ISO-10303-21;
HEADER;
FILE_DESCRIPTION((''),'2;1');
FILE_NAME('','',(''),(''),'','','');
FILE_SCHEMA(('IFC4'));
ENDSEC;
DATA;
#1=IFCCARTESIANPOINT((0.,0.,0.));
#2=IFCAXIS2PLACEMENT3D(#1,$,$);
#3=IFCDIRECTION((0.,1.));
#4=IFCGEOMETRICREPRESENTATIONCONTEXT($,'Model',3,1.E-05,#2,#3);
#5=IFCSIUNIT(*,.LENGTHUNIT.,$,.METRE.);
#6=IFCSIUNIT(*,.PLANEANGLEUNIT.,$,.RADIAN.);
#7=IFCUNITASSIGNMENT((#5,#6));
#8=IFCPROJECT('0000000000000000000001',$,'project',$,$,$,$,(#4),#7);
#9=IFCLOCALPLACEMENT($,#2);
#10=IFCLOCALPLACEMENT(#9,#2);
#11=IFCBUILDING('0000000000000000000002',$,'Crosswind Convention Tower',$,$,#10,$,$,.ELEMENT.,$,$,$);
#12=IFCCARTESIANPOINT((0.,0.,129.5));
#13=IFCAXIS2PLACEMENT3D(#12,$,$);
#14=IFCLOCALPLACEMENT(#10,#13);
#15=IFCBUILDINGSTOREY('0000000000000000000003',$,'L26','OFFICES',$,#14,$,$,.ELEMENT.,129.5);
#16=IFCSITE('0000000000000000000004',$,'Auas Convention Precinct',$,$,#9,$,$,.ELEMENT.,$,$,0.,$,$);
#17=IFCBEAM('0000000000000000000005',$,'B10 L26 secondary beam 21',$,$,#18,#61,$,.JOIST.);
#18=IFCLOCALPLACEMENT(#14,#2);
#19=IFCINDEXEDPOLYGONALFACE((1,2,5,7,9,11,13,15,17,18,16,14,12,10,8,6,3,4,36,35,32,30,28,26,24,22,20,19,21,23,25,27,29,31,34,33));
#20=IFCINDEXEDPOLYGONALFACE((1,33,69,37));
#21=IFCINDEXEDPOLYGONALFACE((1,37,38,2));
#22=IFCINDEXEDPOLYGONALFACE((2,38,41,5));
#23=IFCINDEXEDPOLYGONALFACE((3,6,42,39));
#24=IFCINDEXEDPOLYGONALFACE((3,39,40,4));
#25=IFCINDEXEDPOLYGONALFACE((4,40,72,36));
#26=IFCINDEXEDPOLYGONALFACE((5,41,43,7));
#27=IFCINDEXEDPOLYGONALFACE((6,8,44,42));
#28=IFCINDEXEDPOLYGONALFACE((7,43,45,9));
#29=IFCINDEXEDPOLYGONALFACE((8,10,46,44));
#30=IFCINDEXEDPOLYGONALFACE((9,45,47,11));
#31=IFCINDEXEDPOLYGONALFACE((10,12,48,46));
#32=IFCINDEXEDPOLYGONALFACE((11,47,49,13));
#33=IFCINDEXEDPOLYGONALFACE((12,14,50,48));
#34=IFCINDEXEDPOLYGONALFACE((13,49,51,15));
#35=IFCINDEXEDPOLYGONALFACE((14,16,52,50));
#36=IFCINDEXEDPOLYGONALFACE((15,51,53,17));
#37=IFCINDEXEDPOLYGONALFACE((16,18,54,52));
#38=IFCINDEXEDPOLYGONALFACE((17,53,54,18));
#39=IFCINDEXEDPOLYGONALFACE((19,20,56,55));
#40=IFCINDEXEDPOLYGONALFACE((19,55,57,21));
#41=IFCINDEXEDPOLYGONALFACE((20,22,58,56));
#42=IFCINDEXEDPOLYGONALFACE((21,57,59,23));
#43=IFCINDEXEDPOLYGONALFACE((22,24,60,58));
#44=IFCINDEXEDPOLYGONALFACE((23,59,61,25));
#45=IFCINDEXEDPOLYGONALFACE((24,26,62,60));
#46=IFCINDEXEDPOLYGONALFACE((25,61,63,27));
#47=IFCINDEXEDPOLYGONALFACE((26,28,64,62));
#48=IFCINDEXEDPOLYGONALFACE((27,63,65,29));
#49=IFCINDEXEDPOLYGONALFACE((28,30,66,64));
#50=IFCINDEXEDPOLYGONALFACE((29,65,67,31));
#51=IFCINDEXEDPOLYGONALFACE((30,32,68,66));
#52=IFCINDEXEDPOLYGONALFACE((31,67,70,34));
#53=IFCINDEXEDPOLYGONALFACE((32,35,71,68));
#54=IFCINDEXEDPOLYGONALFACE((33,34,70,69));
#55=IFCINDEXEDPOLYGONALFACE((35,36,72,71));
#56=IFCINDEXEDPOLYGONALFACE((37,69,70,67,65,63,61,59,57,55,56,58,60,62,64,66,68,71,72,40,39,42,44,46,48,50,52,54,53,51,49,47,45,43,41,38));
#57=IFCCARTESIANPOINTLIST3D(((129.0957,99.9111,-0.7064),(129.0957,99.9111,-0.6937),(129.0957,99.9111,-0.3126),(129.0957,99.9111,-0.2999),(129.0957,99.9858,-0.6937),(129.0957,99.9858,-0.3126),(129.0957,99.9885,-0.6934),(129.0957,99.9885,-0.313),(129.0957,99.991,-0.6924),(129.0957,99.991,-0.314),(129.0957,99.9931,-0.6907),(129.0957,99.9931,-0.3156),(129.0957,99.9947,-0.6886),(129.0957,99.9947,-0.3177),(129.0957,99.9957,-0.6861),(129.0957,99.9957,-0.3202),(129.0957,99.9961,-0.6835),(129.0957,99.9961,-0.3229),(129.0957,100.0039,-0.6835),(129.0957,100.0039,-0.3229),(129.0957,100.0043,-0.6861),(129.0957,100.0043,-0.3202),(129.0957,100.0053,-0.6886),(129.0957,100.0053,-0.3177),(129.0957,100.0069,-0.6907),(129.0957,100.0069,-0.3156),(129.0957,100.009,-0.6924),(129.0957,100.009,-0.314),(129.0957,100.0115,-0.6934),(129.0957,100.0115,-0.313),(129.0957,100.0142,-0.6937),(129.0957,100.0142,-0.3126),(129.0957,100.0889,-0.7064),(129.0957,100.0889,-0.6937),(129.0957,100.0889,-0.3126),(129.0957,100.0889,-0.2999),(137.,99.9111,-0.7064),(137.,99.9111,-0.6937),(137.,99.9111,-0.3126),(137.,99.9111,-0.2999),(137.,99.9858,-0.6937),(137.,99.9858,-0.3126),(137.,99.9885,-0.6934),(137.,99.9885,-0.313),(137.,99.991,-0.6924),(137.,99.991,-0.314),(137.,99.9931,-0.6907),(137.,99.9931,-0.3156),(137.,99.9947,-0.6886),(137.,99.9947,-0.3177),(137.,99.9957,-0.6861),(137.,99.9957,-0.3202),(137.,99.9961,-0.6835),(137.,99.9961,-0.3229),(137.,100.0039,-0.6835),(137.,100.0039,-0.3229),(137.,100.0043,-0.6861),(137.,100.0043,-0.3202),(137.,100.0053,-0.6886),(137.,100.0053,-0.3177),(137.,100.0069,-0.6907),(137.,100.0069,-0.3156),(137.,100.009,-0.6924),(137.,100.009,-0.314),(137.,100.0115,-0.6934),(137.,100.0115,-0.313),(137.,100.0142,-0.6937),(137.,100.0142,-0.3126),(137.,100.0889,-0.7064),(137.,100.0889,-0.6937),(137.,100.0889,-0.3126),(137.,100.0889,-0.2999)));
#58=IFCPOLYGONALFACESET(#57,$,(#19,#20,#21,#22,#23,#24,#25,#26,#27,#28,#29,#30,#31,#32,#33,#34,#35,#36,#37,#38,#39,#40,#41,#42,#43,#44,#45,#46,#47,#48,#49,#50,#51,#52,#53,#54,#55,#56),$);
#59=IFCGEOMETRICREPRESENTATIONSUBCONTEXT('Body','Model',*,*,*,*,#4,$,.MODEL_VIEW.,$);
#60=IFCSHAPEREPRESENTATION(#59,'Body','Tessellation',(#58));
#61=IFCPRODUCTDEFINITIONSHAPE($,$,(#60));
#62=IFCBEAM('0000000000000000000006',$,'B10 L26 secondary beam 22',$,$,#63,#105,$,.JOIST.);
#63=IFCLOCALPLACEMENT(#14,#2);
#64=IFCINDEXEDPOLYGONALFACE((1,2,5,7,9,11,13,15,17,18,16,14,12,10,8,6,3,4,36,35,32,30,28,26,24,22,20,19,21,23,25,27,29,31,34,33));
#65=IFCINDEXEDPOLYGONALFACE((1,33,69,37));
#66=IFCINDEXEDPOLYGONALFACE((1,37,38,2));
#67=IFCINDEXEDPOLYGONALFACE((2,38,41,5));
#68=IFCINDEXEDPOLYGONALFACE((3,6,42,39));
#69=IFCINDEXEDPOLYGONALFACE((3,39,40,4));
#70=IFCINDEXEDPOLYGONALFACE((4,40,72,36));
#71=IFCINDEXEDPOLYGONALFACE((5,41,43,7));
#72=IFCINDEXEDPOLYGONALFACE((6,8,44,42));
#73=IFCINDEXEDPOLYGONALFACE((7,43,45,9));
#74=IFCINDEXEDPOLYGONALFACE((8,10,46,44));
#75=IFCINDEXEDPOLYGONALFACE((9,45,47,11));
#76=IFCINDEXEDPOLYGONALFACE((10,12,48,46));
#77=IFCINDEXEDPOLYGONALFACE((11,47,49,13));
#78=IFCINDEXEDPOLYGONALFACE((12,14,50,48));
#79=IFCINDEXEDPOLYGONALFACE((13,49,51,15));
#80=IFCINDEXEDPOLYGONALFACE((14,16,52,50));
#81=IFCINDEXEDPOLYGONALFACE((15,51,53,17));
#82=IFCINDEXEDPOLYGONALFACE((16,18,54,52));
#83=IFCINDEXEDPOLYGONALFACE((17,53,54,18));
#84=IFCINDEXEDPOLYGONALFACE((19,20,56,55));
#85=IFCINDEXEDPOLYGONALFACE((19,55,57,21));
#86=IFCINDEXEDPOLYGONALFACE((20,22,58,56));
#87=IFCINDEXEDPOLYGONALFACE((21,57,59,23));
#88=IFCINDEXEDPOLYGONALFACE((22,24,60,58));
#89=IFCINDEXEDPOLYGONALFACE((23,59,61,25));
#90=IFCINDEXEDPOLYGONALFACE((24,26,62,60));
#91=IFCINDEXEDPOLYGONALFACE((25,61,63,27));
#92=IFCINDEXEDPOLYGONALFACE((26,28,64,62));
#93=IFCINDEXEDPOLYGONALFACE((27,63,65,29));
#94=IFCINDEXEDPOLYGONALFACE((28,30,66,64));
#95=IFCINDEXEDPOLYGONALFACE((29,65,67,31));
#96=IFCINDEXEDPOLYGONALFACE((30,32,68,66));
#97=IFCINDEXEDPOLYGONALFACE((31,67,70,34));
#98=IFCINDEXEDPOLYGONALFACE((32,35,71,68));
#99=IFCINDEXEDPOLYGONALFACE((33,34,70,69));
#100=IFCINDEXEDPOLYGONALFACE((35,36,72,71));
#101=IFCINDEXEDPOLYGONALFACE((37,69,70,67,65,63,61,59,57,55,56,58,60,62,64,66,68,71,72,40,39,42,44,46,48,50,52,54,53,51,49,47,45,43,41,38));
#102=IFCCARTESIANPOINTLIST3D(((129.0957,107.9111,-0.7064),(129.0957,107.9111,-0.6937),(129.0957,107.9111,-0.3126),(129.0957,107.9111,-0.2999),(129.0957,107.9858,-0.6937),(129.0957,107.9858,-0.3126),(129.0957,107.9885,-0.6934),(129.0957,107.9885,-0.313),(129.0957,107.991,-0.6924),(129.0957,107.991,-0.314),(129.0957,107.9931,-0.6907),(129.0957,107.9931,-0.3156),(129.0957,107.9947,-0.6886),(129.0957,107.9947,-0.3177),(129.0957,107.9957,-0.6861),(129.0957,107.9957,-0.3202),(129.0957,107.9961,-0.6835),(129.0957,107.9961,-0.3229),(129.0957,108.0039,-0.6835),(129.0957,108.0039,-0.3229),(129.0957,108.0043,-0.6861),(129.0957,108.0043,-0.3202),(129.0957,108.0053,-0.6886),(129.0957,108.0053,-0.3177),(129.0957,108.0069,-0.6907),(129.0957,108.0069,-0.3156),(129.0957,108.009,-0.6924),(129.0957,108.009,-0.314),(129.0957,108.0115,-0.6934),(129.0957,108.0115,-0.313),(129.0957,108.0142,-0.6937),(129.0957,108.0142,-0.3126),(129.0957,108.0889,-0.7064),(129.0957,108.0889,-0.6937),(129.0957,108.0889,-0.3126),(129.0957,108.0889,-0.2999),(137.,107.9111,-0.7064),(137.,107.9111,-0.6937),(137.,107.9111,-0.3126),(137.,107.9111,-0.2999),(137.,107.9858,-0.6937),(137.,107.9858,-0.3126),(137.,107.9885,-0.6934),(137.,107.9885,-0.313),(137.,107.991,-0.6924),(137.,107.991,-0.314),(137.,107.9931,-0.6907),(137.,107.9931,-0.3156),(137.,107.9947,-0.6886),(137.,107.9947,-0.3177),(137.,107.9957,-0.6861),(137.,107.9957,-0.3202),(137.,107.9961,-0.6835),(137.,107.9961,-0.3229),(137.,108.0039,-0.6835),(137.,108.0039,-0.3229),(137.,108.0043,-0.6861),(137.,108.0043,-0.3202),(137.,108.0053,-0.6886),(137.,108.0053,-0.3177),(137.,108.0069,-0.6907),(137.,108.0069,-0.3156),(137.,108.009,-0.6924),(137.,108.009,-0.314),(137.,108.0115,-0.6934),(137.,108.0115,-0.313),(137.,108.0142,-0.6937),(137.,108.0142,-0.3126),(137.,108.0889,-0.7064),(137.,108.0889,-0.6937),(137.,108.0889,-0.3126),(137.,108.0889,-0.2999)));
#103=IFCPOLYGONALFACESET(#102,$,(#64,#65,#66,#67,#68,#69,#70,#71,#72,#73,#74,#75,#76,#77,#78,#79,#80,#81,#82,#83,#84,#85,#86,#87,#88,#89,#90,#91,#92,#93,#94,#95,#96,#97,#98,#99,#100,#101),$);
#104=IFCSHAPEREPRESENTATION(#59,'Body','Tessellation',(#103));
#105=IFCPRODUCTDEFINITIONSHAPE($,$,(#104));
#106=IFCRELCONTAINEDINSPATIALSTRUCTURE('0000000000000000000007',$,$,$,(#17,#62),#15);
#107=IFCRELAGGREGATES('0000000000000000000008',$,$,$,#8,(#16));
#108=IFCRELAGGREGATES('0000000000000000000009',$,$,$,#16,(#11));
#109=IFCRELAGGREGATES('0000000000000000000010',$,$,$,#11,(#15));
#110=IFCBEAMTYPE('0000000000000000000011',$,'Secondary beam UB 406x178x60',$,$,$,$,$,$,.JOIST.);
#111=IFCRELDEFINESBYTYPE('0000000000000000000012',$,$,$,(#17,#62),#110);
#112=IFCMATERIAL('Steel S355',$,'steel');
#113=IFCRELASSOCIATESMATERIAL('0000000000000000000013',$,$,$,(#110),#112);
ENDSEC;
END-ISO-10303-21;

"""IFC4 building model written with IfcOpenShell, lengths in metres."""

from ifc_helpers import new_model, si_unit, direction, frame, origin, origin_2d, place, context, subcontext, project, spatial, i_section, extrude, material, material_profile, profile_set, type_object, element, save


model = new_model("IFC4")

# Units and contexts
model_context = context("Model", 3, precision=1e-05, world=origin(), true_north=direction((0.0, 1.0)))
body_context = subcontext(model_context, "Body", "Model", "MODEL_VIEW")
ifc_project = project(units=[si_unit("LENGTHUNIT", "METRE"), si_unit("PLANEANGLEUNIT", "RADIAN")], contexts=[model_context])

# Site, building, storey
site_placement = place(None, origin())
site = spatial("IfcSite", under=ifc_project, at=site_placement, Name="Auas Convention Precinct", CompositionType="ELEMENT", RefElevation=0.0)
building_placement = place(site_placement, origin())
building = spatial("IfcBuilding", under=site, at=building_placement, Name="Crosswind Convention Tower", CompositionType="ELEMENT")
storey_placement = place(building_placement, frame((0.0, 0.0, 129.5)))
storey = spatial("IfcBuildingStorey", under=building, at=storey_placement, Name="L26", Description="OFFICES", CompositionType="ELEMENT", Elevation=129.5)

# Beams
ifc_material_1 = material(Name="Steel S355", Category="steel")
ifc_material_profile_1 = material_profile(ifc_material_1, i_section(OverallWidth=0.1777, OverallDepth=0.4065, WebThickness=0.0078, FlangeThickness=0.0127, FilletRadius=0.0103, at=origin_2d()), Name="UB 406x178x60")
ifc_profile_set_1 = profile_set([ifc_material_profile_1], Name="Steel S355")
beam_type_1 = type_object("IfcBeamType", Name="Secondary beam UB 406x178x60", PredefinedType="JOIST", material=ifc_profile_set_1)
for number, where, z_axis, x_axis, name in (
    (1, (129.0957, 100.0, -0.5032), (1.0, 0.0, 0.0), (0.0, 1.0, 0.0), "B10 L26 secondary beam 21"),
    (2, (129.0957, 108.0, -0.5032), (1.0, 0.0, 0.0), (0.0, 1.0, 0.0), "B10 L26 secondary beam 22"),
):
    element("IfcBeam", number, at=place(storey_placement, frame(where, z_axis=z_axis, x_axis=x_axis)), inside=storey, type_object=beam_type_1, Name=name, PredefinedType="JOIST", context=body_context, shape_type="SweptSolid", body=[
        extrude(i_section(OverallWidth=0.1777, OverallDepth=0.4065, WebThickness=0.0078, FlangeThickness=0.0127, FilletRadius=0.0103, at=origin_2d()), origin(), (0.0, 0.0, 1.0), 7.9043),
    ])

save(model, "model.ifc")
